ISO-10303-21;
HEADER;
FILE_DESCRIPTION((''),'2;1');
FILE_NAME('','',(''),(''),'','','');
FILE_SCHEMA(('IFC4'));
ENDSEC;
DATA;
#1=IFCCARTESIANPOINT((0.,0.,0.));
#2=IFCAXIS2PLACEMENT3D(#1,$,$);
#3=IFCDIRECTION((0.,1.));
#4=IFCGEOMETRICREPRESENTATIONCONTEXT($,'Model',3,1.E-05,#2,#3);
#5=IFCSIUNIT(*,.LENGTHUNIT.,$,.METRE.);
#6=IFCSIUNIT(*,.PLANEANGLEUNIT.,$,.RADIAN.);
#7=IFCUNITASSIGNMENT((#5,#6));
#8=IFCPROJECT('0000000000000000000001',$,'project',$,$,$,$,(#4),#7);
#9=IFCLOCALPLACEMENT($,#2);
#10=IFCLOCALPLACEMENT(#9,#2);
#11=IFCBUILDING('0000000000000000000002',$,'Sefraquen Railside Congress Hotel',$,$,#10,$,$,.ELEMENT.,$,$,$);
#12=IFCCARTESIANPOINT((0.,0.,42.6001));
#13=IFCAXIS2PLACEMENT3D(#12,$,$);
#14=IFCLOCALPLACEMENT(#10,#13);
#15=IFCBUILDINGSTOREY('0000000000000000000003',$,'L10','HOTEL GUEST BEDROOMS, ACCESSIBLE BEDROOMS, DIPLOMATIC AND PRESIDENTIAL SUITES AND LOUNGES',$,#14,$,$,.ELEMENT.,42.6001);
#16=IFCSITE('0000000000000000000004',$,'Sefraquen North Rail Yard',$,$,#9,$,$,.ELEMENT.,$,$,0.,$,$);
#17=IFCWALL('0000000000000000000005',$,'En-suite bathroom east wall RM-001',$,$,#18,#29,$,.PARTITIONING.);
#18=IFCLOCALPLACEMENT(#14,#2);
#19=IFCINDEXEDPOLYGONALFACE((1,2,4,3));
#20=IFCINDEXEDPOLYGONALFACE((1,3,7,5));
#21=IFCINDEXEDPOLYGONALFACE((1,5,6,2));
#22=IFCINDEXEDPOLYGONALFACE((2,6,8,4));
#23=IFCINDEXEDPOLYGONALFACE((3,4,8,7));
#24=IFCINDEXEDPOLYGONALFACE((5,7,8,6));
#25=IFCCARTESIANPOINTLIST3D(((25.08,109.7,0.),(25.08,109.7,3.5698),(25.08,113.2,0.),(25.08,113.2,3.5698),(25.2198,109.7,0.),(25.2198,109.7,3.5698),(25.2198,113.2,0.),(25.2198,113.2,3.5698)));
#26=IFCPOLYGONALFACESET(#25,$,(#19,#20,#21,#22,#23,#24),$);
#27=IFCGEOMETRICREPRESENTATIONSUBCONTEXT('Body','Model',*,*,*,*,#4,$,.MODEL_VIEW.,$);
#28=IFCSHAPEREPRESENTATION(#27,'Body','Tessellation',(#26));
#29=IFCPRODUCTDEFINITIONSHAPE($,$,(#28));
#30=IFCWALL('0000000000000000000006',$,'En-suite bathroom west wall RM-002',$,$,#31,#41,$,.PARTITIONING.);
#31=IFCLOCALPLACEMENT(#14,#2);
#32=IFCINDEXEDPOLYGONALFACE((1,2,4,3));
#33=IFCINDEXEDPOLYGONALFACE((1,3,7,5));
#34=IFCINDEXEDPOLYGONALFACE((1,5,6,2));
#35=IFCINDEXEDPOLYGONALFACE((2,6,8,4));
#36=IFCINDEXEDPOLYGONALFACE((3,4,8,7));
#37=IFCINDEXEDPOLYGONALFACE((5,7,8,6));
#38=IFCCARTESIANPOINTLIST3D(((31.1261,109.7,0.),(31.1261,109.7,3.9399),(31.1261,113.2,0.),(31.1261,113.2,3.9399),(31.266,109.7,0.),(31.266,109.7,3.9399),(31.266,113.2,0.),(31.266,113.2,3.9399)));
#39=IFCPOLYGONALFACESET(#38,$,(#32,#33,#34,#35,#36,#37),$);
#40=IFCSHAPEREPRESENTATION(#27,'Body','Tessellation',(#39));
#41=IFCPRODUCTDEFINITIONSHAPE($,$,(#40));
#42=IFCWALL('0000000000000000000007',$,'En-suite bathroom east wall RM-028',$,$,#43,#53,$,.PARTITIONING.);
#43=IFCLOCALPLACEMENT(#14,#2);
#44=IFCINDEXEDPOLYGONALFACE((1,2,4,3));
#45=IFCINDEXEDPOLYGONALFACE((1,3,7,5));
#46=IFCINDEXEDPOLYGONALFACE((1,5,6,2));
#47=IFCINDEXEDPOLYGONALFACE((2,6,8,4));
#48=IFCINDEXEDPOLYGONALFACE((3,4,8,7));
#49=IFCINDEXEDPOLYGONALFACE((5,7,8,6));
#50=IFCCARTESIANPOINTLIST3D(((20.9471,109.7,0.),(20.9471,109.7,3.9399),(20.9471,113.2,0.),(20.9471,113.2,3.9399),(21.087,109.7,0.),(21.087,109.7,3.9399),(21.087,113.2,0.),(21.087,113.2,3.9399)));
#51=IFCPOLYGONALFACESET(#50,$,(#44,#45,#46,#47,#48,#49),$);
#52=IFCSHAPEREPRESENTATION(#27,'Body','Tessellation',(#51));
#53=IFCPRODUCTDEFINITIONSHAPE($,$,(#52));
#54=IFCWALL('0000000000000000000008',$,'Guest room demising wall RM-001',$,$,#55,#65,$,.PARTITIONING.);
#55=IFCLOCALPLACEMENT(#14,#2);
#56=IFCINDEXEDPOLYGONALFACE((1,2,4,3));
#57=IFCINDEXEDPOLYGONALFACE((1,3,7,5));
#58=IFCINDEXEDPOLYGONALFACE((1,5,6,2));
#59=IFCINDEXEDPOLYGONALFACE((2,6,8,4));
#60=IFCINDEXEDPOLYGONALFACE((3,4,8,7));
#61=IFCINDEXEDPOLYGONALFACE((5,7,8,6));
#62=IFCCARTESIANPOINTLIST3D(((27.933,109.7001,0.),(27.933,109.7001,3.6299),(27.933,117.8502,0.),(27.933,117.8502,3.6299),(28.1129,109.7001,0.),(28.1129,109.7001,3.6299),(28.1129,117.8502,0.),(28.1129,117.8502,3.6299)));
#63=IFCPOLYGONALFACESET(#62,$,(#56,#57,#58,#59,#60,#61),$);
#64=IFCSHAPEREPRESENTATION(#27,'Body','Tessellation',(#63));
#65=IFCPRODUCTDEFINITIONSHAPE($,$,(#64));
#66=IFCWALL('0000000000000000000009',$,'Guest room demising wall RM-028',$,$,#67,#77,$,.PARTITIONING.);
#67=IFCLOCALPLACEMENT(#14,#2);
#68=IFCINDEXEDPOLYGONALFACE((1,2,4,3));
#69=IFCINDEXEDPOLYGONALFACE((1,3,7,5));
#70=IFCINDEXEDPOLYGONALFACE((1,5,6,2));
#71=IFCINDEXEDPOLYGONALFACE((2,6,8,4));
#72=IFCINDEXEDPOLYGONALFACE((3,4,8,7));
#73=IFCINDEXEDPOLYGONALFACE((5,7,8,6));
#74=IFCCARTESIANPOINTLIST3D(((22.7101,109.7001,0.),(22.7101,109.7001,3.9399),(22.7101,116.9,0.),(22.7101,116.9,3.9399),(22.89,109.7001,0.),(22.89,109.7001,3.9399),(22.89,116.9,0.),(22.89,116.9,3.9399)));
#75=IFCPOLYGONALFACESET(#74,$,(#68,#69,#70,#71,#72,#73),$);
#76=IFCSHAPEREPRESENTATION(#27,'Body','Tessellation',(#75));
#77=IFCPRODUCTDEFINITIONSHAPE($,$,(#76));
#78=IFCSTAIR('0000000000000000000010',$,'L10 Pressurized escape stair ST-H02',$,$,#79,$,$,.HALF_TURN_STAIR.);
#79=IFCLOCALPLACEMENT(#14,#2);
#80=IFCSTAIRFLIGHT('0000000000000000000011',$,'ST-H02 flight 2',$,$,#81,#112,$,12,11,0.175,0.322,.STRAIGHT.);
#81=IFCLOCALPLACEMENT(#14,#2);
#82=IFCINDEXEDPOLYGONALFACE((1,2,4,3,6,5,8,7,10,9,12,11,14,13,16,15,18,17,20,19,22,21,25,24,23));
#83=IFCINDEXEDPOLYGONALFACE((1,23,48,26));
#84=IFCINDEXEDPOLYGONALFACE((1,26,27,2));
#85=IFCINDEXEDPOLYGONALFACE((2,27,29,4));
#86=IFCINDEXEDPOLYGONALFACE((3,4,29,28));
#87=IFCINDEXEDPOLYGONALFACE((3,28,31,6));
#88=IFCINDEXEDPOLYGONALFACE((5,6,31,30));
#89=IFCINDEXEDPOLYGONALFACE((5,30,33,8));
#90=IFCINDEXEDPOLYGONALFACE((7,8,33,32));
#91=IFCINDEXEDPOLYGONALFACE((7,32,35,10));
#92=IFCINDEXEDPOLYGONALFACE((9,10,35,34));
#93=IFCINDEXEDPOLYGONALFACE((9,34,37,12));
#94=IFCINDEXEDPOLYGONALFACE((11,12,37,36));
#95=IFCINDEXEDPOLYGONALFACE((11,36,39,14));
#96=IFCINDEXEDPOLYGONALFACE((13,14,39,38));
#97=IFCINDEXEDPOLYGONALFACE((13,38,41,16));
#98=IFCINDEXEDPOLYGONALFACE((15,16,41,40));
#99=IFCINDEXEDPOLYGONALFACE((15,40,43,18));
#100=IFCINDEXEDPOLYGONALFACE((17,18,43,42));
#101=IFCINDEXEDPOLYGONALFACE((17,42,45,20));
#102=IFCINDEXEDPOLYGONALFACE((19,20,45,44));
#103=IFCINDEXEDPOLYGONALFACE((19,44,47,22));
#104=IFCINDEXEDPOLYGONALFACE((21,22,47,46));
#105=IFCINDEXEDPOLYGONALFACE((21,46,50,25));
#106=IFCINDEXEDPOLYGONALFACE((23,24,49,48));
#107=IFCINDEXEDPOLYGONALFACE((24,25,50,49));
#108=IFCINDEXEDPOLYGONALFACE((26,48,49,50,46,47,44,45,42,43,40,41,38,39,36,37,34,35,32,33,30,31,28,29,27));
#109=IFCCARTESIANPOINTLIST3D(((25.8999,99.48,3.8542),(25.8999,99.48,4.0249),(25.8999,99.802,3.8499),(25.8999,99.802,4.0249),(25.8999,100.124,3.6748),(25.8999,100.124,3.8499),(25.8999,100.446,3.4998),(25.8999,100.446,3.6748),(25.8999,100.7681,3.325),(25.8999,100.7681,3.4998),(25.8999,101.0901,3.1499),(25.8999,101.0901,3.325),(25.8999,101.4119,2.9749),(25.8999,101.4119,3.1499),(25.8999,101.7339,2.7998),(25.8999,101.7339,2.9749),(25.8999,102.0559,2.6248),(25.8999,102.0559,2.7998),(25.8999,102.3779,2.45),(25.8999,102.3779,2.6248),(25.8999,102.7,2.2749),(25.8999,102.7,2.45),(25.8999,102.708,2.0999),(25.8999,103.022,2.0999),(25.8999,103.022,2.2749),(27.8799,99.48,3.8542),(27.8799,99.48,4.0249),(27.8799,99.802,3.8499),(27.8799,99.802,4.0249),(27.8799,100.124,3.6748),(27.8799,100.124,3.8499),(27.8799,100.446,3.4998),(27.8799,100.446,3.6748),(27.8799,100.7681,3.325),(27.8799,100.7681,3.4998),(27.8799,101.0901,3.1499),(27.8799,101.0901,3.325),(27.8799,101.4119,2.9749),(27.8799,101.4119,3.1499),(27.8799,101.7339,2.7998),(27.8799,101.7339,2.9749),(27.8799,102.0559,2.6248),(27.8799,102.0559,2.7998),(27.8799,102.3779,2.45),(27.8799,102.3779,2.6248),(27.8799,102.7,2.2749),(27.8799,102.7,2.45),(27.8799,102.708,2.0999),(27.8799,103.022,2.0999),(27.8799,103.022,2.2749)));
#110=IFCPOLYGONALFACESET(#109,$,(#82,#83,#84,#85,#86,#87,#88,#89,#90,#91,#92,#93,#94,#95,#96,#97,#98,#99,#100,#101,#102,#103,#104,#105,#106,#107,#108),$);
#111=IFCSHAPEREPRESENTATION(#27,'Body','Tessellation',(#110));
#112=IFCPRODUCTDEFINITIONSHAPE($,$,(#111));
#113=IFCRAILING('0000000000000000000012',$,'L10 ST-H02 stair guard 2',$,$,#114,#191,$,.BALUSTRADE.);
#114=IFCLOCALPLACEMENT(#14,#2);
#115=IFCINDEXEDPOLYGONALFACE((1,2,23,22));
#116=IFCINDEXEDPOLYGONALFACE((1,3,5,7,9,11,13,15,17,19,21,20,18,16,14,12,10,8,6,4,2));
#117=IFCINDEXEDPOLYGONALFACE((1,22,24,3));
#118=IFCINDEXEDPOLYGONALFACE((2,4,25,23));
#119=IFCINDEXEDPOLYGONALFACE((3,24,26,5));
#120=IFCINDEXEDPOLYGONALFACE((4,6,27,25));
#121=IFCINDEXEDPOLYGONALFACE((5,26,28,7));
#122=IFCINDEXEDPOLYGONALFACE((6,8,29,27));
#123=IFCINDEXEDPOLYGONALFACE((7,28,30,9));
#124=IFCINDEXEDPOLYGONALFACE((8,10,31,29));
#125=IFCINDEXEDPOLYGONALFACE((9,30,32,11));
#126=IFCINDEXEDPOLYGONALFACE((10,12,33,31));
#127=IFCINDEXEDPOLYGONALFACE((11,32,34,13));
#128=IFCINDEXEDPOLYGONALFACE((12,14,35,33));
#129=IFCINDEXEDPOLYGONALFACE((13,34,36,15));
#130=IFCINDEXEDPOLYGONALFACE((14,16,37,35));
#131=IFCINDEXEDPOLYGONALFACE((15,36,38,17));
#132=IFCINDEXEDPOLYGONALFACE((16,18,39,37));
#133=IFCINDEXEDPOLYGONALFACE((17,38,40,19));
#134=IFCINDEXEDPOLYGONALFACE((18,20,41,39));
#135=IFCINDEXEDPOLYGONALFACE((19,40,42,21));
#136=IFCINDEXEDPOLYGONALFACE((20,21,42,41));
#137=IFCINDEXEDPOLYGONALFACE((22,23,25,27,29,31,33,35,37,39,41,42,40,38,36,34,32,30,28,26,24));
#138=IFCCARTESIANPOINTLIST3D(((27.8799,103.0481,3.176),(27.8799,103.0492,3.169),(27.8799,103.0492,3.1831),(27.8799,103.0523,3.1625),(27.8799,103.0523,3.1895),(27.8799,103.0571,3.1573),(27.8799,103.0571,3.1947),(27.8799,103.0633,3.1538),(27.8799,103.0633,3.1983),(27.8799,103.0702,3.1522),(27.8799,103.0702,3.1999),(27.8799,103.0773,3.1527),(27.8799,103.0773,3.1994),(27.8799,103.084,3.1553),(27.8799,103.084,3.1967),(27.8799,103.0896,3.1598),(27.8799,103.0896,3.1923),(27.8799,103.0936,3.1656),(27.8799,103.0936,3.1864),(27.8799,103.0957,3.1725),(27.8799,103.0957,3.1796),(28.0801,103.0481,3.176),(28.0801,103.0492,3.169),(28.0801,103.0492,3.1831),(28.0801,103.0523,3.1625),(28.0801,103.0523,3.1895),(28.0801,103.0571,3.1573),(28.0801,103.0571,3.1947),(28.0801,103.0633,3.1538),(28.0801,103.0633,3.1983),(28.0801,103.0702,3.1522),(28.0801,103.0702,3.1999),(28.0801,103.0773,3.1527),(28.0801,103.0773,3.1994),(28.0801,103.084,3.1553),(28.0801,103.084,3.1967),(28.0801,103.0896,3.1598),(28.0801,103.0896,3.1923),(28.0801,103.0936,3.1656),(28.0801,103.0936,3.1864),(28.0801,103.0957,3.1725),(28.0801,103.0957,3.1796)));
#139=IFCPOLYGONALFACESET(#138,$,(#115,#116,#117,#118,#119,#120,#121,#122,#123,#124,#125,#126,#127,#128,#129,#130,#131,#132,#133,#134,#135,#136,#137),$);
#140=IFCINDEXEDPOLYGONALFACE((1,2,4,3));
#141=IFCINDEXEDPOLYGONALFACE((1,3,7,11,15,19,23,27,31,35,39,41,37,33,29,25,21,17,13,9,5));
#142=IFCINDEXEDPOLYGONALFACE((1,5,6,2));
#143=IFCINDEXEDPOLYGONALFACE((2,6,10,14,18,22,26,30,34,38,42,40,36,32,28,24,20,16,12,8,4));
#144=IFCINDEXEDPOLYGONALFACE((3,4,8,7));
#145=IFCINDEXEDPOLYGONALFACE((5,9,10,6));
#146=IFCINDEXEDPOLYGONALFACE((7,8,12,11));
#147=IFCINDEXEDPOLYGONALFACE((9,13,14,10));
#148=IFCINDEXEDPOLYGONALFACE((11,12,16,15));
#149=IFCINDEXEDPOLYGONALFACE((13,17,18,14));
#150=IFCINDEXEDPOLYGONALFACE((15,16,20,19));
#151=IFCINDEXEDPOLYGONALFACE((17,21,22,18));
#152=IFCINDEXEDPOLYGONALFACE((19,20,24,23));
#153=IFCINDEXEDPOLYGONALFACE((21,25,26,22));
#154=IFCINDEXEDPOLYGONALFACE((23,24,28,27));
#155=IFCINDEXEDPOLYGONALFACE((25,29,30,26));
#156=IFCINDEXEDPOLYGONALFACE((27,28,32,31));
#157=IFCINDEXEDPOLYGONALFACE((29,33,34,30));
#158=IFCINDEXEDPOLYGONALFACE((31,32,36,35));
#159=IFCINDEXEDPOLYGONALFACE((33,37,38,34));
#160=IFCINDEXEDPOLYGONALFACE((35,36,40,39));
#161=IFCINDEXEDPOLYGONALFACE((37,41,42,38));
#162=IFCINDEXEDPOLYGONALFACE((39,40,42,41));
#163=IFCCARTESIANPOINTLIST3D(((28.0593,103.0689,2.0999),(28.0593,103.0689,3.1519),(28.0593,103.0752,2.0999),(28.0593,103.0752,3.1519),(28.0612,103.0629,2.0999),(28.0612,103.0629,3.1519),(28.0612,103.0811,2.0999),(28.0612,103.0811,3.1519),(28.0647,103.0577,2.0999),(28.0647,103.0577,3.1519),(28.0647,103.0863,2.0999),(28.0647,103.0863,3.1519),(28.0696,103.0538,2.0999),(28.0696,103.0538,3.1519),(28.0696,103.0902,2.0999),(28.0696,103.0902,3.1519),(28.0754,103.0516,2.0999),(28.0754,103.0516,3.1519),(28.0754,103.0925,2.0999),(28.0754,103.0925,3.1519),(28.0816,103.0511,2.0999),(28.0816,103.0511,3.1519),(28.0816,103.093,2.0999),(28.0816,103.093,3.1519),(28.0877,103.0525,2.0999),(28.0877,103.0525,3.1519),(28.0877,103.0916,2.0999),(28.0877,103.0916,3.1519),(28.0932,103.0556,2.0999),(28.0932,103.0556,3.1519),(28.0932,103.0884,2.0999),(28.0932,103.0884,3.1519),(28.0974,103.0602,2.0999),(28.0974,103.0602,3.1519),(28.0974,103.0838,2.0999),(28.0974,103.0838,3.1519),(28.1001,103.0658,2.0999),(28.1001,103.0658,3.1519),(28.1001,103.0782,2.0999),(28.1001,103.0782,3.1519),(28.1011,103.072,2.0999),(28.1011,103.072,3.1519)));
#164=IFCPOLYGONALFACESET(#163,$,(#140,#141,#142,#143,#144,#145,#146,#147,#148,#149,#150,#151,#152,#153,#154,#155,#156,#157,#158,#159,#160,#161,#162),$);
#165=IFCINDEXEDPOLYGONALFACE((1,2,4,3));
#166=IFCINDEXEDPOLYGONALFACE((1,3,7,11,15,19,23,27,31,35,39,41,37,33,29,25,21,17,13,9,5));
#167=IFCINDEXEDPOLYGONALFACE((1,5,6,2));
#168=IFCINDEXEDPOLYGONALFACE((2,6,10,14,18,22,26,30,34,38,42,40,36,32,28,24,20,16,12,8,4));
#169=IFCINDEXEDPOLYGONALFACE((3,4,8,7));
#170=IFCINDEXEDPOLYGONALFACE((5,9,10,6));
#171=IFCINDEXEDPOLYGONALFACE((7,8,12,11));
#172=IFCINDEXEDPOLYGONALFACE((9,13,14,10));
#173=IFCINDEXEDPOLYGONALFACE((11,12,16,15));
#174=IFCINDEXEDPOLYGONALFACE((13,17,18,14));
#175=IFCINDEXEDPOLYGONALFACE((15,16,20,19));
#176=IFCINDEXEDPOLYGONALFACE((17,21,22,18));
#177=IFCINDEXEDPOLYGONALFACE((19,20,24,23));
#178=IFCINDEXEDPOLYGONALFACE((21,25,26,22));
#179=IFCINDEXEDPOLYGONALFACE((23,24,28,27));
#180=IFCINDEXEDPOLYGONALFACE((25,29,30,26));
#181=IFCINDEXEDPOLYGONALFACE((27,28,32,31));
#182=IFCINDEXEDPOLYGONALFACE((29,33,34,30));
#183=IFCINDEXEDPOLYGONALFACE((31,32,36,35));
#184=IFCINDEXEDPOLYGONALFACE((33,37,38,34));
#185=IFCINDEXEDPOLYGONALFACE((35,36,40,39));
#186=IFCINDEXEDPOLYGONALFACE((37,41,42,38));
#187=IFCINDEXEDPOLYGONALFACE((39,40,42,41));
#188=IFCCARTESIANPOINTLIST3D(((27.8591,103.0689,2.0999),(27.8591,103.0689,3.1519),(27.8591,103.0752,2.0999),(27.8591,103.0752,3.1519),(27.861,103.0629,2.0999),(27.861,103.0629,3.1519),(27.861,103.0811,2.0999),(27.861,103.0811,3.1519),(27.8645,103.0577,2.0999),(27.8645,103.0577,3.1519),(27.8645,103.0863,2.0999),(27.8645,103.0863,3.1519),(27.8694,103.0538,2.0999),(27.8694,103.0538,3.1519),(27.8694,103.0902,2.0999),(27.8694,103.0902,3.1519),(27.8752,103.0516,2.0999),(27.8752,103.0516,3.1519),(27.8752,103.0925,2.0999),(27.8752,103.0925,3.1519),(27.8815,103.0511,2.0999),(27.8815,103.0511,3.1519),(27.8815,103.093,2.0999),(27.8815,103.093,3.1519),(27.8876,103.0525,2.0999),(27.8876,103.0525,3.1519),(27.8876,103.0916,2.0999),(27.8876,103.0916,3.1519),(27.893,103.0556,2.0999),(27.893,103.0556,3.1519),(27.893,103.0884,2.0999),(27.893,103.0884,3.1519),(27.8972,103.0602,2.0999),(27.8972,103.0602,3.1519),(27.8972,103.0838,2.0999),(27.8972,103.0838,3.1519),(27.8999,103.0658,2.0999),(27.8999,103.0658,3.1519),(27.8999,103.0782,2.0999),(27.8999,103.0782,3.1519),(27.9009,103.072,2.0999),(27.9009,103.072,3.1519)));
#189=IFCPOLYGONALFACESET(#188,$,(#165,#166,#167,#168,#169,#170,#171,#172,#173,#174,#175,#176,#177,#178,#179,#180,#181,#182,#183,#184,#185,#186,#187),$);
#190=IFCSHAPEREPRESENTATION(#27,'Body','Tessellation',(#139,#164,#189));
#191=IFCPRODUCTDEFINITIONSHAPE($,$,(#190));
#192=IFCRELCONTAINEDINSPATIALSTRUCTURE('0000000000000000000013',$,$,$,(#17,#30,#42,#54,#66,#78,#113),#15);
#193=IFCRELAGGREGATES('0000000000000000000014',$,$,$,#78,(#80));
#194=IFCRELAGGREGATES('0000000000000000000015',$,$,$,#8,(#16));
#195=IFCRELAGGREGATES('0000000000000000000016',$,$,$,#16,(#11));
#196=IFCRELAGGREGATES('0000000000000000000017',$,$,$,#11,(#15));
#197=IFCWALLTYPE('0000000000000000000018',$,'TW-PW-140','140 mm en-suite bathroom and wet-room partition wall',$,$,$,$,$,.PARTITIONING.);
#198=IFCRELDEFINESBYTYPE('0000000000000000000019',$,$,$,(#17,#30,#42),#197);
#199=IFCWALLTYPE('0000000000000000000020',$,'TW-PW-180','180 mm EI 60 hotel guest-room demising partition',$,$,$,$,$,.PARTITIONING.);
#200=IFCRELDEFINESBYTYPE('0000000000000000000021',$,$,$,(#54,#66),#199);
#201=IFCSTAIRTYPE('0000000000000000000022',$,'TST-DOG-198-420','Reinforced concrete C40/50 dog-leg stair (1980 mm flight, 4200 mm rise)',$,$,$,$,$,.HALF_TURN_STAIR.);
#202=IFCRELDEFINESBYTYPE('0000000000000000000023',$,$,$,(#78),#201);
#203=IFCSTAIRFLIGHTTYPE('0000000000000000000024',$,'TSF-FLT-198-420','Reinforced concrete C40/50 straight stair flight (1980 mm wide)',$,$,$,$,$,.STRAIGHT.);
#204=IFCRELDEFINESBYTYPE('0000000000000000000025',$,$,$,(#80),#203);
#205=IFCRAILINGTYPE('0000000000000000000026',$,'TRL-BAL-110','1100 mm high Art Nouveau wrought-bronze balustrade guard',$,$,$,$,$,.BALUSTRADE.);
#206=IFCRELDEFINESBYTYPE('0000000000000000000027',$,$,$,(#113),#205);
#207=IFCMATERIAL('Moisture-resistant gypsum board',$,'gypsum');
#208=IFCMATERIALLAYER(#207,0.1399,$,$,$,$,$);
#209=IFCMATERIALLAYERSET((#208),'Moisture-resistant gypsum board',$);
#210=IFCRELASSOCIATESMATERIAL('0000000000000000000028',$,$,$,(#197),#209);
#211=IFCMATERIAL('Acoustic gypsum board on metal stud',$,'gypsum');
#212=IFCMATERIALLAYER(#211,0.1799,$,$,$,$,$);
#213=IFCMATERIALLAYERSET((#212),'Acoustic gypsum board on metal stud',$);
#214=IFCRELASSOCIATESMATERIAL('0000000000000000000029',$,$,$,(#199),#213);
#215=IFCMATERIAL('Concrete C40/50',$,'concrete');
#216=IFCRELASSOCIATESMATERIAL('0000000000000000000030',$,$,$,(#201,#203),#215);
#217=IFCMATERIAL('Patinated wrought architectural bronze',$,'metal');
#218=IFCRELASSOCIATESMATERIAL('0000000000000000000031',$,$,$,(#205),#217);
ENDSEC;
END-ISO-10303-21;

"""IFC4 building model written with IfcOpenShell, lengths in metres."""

from ifc_helpers import new_model, si_unit, direction, frame, frame_2d, origin, origin_2d, place, context, subcontext, project, spatial, polyline, rectangle, circle, outline, extrude, material, layer, layer_set, type_object, element, aggregate, save


model = new_model("IFC4")

# Units and contexts
model_context = context("Model", 3, precision=1e-05, world=origin(), true_north=direction((0.0, 1.0)))
body_context = subcontext(model_context, "Body", "Model", "MODEL_VIEW")
ifc_project = project(units=[si_unit("LENGTHUNIT", "METRE"), si_unit("PLANEANGLEUNIT", "RADIAN")], contexts=[model_context])

# Site, building, storey
site_placement = place(None, origin())
site = spatial("IfcSite", under=ifc_project, at=site_placement, Name="Sefraquen North Rail Yard", CompositionType="ELEMENT", RefElevation=0.0)
building_placement = place(site_placement, origin())
building = spatial("IfcBuilding", under=site, at=building_placement, Name="Sefraquen Railside Congress Hotel", CompositionType="ELEMENT")
storey_placement = place(building_placement, frame((0.0, 0.0, 42.6001)))
storey = spatial("IfcBuildingStorey", under=building, at=storey_placement, Name="L10", Description="HOTEL GUEST BEDROOMS, ACCESSIBLE BEDROOMS, DIPLOMATIC AND PRESIDENTIAL SUITES AND LOUNGES", CompositionType="ELEMENT", Elevation=42.6001)

# Shared definitions
ifc_material_1 = material(Name="Concrete C40/50", Category="concrete")

# Walls
ifc_material_2 = material(Name="Moisture-resistant gypsum board", Category="gypsum")
ifc_layer_1 = layer(ifc_material_2, 0.1399)
ifc_layer_set_1 = layer_set([ifc_layer_1], Name="Moisture-resistant gypsum board")
wall_type_1 = type_object("IfcWallType", Name="TW-PW-140", Description="140 mm en-suite bathroom and wet-room partition wall", PredefinedType="PARTITIONING", material=ifc_layer_set_1)
wall_1_placement = place(storey_placement, frame((25.1499, 109.7, 0.0), z_axis=(0.0, 0.0, 1.0), x_axis=(0.0, 1.0, 0.0)))
element("IfcWall", 1, at=wall_1_placement, inside=storey, type_object=wall_type_1, Name="En-suite bathroom east wall RM-001", PredefinedType="PARTITIONING", context=body_context, shape_type="SweptSolid", body=[
    extrude(rectangle(XDim=3.5, YDim=0.1399, at=frame_2d((1.75, 0.0))), origin(), (0.0, 0.0, 1.0), 3.5698),
])
for number, where, z_axis, x_axis, name in (
    (2, (31.196, 109.7, 0.0), (0.0, 0.0, 1.0), (0.0, 1.0, 0.0), "En-suite bathroom west wall RM-002"),
    (3, (21.0171, 109.7, 0.0), (0.0, 0.0, 1.0), (0.0, 1.0, 0.0), "En-suite bathroom east wall RM-028"),
):
    element("IfcWall", number, at=place(storey_placement, frame(where, z_axis=z_axis, x_axis=x_axis)), inside=storey, type_object=wall_type_1, Name=name, PredefinedType="PARTITIONING", context=body_context, shape_type="SweptSolid", body=[
        extrude(rectangle(XDim=3.5, YDim=0.1399, at=frame_2d((1.75, 0.0))), origin(), (0.0, 0.0, 1.0), 3.9399),
    ])
ifc_material_3 = material(Name="Acoustic gypsum board on metal stud", Category="gypsum")
ifc_layer_2 = layer(ifc_material_3, 0.1799)
ifc_layer_set_2 = layer_set([ifc_layer_2], Name="Acoustic gypsum board on metal stud")
wall_type_2 = type_object("IfcWallType", Name="TW-PW-180", Description="180 mm EI 60 hotel guest-room demising partition", PredefinedType="PARTITIONING", material=ifc_layer_set_2)
wall_2_placement = place(storey_placement, frame((28.0229, 109.7, 0.0), z_axis=(0.0, 0.0, 1.0), x_axis=(0.0, 1.0, 0.0)))
element("IfcWall", 4, at=wall_2_placement, inside=storey, type_object=wall_type_2, Name="Guest room demising wall RM-001", PredefinedType="PARTITIONING", context=body_context, shape_type="SweptSolid", body=[
    extrude(rectangle(XDim=8.1501, YDim=0.1799, at=frame_2d((4.0752, 0.0))), origin(), (0.0, 0.0, 1.0), 3.6299),
])
wall_3_placement = place(storey_placement, frame((22.8, 109.7, 0.0), z_axis=(0.0, 0.0, 1.0), x_axis=(0.0, 1.0, 0.0)))
element("IfcWall", 5, at=wall_3_placement, inside=storey, type_object=wall_type_2, Name="Guest room demising wall RM-028", PredefinedType="PARTITIONING", context=body_context, shape_type="SweptSolid", body=[
    extrude(rectangle(XDim=7.2, YDim=0.1799, at=frame_2d((3.6001, 0.0))), origin(), (0.0, 0.0, 1.0), 3.9399),
])

# Stair, stair flight
stair_type = type_object("IfcStairType", Name="TST-DOG-198-420", Description="Reinforced concrete C40/50 dog-leg stair (1980 mm flight, 4200 mm rise)", PredefinedType="HALF_TURN_STAIR", material=ifc_material_1)
stair_placement = place(storey_placement, origin())
stair = element("IfcStair", 6, at=stair_placement, inside=storey, type_object=stair_type, Name="L10 Pressurized escape stair ST-H02", PredefinedType="HALF_TURN_STAIR")
stair_flight_type = type_object("IfcStairFlightType", Name="TSF-FLT-198-420", Description="Reinforced concrete C40/50 straight stair flight (1980 mm wide)", PredefinedType="STRAIGHT", material=ifc_material_1)
stair_flight_placement = place(storey_placement, frame((26.8899, 103.022, 2.0999), z_axis=(0.0, 0.0, 1.0), x_axis=(0.0, -1.0, 0.0)))
stair_flight = element("IfcStairFlight", 7, at=stair_flight_placement, type_object=stair_flight_type, Name="ST-H02 flight 2", NumberOfRisers=12, NumberOfTreads=11, PredefinedType="STRAIGHT", RiserHeight=0.175, TreadLength=0.322, context=body_context, shape_type="SweptSolid", body=[
    extrude(outline(polyline([(0.0, 0.0), (0.0, 0.175), (0.322, 0.175), (0.322, 0.3501), (0.644, 0.3501), (0.644, 0.5249), (0.9661, 0.5249), (0.9661, 0.7), (1.2881, 0.7), (1.2881, 0.875), (1.6101, 0.875), (1.6101, 1.05), (1.9319, 1.05), (1.9319, 1.2251), (2.2539, 1.2251), (2.2539, 1.3999), (2.5759, 1.3999), (2.5759, 1.575), (2.8979, 1.575), (2.8979, 1.75), (3.22, 1.75), (3.22, 1.925), (3.542, 1.925), (3.542, 2.1001), (3.542, 1.7544), (0.314, 0.0), (0.0, 0.0)])), frame((0.0, 0.99, 0.0), z_axis=(0.0, -1.0, 0.0), x_axis=(1.0, 0.0, 0.0)), (0.0, 0.0, 1.0), 1.98),
])
aggregate(stair, [stair_flight])

# Railing
ifc_material_4 = material(Name="Patinated wrought architectural bronze", Category="metal")
railing_type_1 = type_object("IfcRailingType", Name="TRL-BAL-110", Description="1100 mm high Art Nouveau wrought-bronze balustrade guard", PredefinedType="BALUSTRADE", material=ifc_material_4)
railing_1_placement = place(storey_placement, frame((28.0801, 103.072, 2.0999)))
element("IfcRailing", 8, at=railing_1_placement, inside=storey, type_object=railing_type_1, Name="L10 ST-H02 stair guard 2", PredefinedType="BALUSTRADE", context=body_context, shape_type="SweptSolid", body=[
    extrude(circle(Radius=0.0239, at=origin_2d()), frame((0.0, 0.0, 1.0762), z_axis=(-1.0, 0.0, 0.0), x_axis=(0.0, -1.0, 0.0)), (0.0, 0.0, 1.0), 0.2002),
    extrude(circle(Radius=0.021, at=origin_2d()), origin(), (0.0, 0.0, 1.0), 1.052),
    extrude(circle(Radius=0.021, at=origin_2d()), frame((-0.2002, 0.0, 0.0)), (0.0, 0.0, 1.0), 1.052),
])

save(model, "model.ifc")
